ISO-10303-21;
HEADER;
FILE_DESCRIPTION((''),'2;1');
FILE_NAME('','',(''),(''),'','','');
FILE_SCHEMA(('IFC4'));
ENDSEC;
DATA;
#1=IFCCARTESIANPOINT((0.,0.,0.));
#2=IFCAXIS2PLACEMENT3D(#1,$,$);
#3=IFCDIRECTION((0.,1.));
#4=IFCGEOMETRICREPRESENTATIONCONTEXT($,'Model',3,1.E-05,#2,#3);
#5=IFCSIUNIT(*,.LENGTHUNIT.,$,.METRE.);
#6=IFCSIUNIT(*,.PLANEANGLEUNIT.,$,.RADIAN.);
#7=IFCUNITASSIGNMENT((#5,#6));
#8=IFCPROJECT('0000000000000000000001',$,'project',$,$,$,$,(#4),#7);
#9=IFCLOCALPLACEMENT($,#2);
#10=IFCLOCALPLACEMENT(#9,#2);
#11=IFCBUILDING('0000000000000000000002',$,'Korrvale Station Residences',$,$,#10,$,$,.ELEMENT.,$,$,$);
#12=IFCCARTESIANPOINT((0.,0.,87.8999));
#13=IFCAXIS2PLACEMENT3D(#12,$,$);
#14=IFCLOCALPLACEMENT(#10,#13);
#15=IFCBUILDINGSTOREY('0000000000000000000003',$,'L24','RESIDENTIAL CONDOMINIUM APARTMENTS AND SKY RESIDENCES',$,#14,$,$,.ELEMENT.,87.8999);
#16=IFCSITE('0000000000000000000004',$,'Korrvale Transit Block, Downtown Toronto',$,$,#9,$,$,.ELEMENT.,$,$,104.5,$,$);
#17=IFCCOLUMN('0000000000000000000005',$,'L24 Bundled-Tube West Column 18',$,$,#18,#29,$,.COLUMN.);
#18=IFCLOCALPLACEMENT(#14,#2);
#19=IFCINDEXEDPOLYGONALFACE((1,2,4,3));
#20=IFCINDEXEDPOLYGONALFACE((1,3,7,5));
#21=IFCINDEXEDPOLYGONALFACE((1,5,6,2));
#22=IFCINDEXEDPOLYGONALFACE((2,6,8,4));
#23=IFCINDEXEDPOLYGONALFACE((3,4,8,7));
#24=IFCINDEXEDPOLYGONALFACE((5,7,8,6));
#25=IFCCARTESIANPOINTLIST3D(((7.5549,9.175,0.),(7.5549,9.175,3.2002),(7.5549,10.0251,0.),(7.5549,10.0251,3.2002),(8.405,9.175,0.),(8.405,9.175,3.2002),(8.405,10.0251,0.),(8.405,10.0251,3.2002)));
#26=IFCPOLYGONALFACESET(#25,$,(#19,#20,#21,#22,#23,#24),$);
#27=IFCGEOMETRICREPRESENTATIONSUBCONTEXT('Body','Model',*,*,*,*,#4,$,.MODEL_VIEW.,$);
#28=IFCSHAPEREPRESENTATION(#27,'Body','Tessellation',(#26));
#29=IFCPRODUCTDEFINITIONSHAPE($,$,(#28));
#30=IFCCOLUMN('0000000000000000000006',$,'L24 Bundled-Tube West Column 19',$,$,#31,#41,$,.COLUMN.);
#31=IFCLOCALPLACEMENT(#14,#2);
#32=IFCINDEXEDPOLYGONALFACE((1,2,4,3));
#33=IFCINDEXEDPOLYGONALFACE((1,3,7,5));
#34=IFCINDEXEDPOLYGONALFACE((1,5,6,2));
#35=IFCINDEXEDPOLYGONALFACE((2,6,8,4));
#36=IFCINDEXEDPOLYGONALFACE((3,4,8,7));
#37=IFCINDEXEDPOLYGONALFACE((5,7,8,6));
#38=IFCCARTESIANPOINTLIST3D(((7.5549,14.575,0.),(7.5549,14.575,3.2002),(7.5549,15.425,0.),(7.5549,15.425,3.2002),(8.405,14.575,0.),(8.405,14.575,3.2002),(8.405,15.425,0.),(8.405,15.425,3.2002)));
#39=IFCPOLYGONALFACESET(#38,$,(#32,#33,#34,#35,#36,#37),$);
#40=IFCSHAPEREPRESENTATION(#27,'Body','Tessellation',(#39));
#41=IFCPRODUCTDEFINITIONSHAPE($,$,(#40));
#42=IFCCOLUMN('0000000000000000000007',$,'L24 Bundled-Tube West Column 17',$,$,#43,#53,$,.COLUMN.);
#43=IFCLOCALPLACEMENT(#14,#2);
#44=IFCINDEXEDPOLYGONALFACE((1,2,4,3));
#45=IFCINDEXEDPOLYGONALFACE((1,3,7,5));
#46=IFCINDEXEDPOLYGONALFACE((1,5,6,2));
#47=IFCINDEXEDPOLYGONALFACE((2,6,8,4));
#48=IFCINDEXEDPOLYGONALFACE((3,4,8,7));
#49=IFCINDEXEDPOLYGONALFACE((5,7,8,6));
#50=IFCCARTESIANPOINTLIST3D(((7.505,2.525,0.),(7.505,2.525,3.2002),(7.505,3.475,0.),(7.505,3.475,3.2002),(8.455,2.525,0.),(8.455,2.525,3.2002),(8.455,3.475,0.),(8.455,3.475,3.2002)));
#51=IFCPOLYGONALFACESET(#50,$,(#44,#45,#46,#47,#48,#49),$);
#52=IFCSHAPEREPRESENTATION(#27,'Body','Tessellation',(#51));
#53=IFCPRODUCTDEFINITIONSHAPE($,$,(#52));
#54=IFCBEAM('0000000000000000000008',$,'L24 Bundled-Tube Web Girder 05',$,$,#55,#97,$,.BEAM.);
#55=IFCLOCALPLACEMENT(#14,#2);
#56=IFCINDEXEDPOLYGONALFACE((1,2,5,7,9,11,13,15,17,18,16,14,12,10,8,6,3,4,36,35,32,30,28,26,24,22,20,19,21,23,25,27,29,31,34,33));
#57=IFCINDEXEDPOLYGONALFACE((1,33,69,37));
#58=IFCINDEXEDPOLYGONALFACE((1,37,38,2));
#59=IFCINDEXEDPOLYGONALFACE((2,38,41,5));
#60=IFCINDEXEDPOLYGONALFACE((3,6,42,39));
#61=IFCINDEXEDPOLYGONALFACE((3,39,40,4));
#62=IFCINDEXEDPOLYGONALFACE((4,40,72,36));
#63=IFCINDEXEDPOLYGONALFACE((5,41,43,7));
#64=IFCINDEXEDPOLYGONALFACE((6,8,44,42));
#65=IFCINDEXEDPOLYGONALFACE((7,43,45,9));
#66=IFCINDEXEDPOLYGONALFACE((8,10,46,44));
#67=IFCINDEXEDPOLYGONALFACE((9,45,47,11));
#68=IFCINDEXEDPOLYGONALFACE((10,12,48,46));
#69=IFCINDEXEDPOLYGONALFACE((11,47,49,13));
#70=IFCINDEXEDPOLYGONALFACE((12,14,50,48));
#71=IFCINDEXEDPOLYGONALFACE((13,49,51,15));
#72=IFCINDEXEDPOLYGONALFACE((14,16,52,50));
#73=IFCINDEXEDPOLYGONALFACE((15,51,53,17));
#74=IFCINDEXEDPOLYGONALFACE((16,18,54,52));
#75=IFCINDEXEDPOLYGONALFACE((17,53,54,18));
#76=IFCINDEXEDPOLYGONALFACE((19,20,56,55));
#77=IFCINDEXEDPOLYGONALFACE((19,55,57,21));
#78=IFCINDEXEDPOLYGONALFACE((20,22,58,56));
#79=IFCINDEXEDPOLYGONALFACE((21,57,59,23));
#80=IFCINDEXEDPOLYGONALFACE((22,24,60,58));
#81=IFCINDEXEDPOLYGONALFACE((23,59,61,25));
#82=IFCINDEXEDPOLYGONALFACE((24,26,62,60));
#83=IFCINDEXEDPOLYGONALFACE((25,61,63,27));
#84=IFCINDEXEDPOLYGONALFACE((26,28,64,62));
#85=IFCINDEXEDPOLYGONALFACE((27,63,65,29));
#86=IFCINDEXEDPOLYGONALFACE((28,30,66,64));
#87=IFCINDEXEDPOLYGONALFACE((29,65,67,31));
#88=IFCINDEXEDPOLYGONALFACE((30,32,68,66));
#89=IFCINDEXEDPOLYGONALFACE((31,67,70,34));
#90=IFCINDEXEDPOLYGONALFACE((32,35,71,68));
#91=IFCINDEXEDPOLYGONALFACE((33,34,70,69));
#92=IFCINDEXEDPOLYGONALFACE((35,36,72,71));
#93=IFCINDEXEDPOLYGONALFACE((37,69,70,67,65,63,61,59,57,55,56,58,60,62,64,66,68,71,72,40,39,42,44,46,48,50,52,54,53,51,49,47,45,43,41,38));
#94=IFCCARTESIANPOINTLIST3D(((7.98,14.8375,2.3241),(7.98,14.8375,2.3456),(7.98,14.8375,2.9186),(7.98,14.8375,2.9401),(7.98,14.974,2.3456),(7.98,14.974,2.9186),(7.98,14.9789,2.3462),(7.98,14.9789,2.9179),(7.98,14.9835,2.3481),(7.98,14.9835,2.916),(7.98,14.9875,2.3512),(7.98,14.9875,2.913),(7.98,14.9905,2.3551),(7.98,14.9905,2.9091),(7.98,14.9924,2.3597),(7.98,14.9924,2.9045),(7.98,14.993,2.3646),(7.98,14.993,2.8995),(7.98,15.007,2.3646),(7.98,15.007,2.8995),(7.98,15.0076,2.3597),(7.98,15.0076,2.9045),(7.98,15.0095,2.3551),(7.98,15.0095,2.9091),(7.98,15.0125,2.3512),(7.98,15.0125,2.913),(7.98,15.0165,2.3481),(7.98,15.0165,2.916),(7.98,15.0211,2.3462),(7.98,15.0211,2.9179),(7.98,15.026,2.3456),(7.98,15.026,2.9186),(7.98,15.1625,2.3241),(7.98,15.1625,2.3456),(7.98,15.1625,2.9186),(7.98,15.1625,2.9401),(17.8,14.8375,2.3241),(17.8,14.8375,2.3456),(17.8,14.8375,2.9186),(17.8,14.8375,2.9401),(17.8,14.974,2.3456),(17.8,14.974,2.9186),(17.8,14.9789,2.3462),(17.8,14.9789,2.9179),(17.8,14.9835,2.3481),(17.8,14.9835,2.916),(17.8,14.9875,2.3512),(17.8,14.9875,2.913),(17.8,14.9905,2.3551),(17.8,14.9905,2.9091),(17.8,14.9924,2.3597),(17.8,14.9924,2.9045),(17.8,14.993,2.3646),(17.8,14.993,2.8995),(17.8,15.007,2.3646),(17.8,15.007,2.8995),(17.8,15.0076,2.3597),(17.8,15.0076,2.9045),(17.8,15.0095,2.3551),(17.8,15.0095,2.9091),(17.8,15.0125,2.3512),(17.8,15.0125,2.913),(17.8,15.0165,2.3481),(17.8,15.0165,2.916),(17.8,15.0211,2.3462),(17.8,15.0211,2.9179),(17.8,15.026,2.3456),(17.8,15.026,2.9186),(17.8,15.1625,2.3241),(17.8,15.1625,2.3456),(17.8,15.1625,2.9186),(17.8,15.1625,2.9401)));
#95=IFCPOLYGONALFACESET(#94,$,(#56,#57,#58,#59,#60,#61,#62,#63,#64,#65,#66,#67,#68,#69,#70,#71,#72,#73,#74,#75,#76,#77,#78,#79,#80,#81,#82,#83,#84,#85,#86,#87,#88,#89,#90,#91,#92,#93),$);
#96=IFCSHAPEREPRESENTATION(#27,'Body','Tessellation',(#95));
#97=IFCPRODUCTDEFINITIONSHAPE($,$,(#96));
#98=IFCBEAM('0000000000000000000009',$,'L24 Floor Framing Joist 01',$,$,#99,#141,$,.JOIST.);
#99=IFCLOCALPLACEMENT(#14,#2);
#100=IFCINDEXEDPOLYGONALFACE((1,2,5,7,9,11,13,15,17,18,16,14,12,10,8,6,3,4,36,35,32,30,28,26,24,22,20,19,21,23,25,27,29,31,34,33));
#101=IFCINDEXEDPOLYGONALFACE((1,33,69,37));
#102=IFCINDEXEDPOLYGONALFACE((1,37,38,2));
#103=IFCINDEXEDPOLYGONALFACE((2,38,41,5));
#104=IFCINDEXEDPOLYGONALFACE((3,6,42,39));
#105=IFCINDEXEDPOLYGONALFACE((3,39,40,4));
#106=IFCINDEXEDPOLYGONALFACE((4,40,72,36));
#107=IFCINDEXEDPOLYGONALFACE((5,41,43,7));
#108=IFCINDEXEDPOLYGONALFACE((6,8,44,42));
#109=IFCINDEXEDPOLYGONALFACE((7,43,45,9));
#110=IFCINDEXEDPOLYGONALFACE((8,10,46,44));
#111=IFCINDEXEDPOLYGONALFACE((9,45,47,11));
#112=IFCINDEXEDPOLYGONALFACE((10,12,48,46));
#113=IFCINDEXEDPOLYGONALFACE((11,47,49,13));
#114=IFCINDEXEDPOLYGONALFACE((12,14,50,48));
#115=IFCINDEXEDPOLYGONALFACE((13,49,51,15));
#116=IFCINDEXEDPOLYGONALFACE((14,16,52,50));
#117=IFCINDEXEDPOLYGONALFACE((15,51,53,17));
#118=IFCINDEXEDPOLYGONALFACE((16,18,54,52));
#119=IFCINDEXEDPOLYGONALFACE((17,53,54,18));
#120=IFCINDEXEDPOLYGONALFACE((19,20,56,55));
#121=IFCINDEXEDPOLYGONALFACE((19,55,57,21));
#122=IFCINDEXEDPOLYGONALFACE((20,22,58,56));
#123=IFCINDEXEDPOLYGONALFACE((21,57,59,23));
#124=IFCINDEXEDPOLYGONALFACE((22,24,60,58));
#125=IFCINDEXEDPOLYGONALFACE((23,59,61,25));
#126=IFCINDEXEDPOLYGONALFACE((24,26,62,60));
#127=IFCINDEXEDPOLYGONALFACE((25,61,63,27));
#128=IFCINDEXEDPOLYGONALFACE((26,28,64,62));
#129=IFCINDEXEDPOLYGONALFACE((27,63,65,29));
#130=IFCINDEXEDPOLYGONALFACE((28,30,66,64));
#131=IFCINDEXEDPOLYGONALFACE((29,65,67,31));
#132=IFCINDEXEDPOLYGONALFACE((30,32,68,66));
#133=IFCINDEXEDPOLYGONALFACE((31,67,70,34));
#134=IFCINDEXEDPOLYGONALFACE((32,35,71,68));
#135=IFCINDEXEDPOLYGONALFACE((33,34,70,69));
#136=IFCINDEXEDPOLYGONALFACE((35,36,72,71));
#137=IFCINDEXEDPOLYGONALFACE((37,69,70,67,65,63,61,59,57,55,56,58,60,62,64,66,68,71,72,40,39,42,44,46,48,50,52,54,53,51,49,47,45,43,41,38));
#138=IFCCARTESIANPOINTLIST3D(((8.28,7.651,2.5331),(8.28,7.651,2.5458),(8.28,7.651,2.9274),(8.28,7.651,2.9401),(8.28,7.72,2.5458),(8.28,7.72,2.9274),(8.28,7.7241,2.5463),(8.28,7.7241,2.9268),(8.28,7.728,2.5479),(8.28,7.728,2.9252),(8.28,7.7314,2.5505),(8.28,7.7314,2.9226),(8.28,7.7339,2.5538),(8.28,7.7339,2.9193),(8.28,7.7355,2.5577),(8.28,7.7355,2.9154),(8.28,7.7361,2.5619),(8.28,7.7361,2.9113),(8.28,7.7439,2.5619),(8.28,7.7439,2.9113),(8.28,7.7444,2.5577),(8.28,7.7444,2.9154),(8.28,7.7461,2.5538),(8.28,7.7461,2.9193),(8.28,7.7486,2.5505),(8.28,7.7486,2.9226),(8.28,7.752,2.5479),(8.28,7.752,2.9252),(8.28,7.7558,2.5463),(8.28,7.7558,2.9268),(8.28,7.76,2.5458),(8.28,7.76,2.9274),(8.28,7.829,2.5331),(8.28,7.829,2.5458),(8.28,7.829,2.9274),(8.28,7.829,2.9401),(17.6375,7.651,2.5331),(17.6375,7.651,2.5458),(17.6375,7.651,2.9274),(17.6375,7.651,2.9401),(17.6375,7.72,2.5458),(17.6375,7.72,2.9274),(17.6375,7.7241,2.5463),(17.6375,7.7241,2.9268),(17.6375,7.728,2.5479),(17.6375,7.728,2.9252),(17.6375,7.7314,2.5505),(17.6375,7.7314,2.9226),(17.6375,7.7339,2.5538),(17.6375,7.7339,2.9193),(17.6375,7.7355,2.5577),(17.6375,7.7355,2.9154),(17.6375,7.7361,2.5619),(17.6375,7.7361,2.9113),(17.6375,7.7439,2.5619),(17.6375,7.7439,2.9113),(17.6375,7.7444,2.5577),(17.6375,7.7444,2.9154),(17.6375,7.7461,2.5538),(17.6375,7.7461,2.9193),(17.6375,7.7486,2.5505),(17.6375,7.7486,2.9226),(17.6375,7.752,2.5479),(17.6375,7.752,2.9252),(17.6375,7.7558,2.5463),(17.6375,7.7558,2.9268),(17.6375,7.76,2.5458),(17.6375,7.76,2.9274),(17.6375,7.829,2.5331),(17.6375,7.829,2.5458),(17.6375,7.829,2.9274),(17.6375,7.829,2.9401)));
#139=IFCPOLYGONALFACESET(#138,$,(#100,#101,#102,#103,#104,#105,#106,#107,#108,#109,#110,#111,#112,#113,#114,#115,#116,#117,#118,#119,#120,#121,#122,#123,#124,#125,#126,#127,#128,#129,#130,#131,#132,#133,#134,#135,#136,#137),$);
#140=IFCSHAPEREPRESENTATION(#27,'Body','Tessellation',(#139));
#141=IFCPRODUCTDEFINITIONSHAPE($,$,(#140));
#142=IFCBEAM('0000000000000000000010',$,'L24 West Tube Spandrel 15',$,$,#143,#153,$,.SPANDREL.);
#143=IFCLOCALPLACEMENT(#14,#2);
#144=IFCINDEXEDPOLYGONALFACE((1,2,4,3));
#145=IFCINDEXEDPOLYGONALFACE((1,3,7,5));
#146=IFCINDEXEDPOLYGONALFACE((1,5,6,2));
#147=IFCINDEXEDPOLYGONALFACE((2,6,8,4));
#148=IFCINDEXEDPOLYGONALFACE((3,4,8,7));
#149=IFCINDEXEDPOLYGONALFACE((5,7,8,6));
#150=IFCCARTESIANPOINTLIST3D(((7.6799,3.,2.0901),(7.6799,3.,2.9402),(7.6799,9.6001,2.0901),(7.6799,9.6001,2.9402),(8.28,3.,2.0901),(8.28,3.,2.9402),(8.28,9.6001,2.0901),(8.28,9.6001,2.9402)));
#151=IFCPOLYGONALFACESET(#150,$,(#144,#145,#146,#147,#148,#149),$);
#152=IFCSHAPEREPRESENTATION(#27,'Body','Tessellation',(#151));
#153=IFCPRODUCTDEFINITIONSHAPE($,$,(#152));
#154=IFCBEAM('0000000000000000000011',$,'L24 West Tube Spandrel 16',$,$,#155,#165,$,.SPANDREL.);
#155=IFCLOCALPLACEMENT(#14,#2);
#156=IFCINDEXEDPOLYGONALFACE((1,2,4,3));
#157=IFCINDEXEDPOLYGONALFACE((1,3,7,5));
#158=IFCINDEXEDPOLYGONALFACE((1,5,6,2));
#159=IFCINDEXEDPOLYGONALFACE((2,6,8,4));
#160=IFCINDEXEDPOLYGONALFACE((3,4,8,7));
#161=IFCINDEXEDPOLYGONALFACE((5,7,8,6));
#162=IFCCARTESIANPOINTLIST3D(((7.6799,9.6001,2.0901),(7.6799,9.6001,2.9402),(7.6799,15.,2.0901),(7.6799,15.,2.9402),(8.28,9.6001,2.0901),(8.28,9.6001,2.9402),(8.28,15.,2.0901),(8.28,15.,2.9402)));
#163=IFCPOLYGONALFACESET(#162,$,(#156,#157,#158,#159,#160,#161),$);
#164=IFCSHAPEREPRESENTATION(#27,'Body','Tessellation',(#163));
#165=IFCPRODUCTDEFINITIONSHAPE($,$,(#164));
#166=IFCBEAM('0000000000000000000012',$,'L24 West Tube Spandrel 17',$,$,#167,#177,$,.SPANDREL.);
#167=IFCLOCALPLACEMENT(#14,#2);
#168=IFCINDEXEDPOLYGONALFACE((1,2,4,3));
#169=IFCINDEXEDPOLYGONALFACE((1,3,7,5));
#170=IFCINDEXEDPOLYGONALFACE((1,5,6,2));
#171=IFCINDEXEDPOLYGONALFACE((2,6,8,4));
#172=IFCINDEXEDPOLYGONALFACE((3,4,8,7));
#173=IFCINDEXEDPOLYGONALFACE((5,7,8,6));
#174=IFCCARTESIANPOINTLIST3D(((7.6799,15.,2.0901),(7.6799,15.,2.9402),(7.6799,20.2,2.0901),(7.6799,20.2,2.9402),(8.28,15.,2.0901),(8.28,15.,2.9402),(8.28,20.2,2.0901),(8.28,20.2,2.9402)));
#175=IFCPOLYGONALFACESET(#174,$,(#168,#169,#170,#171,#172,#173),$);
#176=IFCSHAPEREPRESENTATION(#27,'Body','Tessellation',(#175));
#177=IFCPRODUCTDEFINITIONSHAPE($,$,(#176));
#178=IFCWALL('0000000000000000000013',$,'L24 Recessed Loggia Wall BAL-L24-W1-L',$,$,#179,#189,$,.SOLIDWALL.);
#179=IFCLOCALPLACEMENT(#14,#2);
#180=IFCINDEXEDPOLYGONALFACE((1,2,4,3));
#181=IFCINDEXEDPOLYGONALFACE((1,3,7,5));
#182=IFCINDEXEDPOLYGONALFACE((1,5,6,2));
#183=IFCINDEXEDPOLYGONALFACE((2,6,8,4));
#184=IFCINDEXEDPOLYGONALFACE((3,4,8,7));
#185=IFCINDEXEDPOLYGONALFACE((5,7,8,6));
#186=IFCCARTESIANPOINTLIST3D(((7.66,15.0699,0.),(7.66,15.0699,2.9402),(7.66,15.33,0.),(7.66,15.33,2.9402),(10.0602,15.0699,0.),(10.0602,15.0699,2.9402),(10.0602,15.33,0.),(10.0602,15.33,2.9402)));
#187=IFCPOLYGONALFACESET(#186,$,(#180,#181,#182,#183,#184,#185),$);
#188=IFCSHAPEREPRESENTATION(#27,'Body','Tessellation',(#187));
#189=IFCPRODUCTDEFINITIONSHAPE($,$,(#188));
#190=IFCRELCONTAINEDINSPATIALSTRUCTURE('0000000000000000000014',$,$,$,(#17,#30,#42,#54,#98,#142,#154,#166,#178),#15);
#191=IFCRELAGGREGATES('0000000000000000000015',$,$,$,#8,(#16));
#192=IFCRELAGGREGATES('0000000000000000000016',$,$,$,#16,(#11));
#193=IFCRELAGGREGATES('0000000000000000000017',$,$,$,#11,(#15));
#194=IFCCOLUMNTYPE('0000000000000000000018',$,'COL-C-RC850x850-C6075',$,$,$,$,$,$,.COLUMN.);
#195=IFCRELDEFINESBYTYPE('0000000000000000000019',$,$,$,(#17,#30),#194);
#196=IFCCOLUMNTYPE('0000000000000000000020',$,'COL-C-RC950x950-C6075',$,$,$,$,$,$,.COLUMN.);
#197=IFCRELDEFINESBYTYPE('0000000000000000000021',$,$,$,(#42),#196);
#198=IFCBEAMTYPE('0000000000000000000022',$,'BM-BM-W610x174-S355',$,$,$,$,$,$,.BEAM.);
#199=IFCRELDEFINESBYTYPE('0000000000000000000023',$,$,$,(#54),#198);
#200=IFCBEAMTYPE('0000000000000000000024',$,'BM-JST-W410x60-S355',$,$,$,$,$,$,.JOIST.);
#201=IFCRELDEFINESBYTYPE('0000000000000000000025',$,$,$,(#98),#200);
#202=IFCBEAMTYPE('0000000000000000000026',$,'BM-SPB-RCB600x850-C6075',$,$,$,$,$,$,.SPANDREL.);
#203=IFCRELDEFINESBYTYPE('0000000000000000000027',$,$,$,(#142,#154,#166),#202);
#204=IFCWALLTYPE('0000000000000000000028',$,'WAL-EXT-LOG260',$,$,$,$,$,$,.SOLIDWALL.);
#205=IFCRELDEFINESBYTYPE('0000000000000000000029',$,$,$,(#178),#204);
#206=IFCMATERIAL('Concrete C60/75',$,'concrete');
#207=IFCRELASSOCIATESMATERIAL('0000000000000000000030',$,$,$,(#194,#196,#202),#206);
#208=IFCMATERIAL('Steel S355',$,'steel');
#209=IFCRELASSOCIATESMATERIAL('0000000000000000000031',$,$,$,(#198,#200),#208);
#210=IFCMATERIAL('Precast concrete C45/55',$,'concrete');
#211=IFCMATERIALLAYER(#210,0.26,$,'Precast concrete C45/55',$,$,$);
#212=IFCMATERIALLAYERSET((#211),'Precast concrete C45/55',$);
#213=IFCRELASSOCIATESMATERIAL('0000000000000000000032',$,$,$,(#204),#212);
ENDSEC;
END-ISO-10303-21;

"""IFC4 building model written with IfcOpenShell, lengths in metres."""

from ifc_helpers import new_model, si_unit, direction, frame, frame_2d, origin, origin_2d, place, context, subcontext, project, spatial, rectangle, i_section, extrude, material, layer, layer_set, material_profile, profile_set, type_object, element, save


model = new_model("IFC4")

# Units and contexts
model_context = context("Model", 3, precision=1e-05, world=origin(), true_north=direction((0.0, 1.0)))
body_context = subcontext(model_context, "Body", "Model", "MODEL_VIEW")
ifc_project = project(units=[si_unit("LENGTHUNIT", "METRE"), si_unit("PLANEANGLEUNIT", "RADIAN")], contexts=[model_context])

# Site, building, storey
site_placement = place(None, origin())
site = spatial("IfcSite", under=ifc_project, at=site_placement, Name="Korrvale Transit Block, Downtown Toronto", CompositionType="ELEMENT", RefElevation=104.5)
building_placement = place(site_placement, origin())
building = spatial("IfcBuilding", under=site, at=building_placement, Name="Korrvale Station Residences", CompositionType="ELEMENT")
storey_placement = place(building_placement, frame((0.0, 0.0, 87.8999)))
storey = spatial("IfcBuildingStorey", under=building, at=storey_placement, Name="L24", Description="RESIDENTIAL CONDOMINIUM APARTMENTS AND SKY RESIDENCES", CompositionType="ELEMENT", Elevation=87.8999)

# Columns
ifc_material_1 = material(Name="Concrete C60/75", Category="concrete")
ifc_material_profile_1 = material_profile(ifc_material_1, rectangle(XDim=0.8501, YDim=0.8501, at=origin_2d()), Name="RC850x850")
ifc_profile_set_1 = profile_set([ifc_material_profile_1], Name="Concrete C60/75")
column_type_1 = type_object("IfcColumnType", Name="COL-C-RC850x850-C6075", PredefinedType="COLUMN", material=ifc_profile_set_1)
for number, where, z_axis, x_axis, name in (
    (1, (7.98, 9.6001, 0.0), (0.0, 0.0, 1.0), (1.0, 0.0, 0.0), "L24 Bundled-Tube West Column 18"),
    (2, (7.98, 15.0, 0.0), (0.0, 0.0, 1.0), (1.0, 0.0, 0.0), "L24 Bundled-Tube West Column 19"),
):
    element("IfcColumn", number, at=place(storey_placement, frame(where, z_axis=z_axis, x_axis=x_axis)), inside=storey, type_object=column_type_1, Name=name, PredefinedType="COLUMN", context=body_context, shape_type="SweptSolid", body=[
        extrude(rectangle(XDim=0.8501, YDim=0.8501, at=origin_2d()), origin(), (0.0, 0.0, 1.0), 3.2002),
    ])
ifc_material_profile_2 = material_profile(ifc_material_1, rectangle(XDim=0.95, YDim=0.95, at=origin_2d()), Name="RC950x950")
ifc_profile_set_2 = profile_set([ifc_material_profile_2], Name="Concrete C60/75")
column_type_2 = type_object("IfcColumnType", Name="COL-C-RC950x950-C6075", PredefinedType="COLUMN", material=ifc_profile_set_2)
column_placement = place(storey_placement, frame((7.98, 3.0, 0.0), z_axis=(0.0, 0.0, 1.0), x_axis=(1.0, 0.0, 0.0)))
element("IfcColumn", 3, at=column_placement, inside=storey, type_object=column_type_2, Name="L24 Bundled-Tube West Column 17", PredefinedType="COLUMN", context=body_context, shape_type="SweptSolid", body=[
    extrude(rectangle(XDim=0.95, YDim=0.95, at=origin_2d()), origin(), (0.0, 0.0, 1.0), 3.2002),
])

# Beams
ifc_material_2 = material(Name="Steel S355", Category="steel")
ifc_material_profile_3 = material_profile(ifc_material_2, i_section(OverallWidth=0.325, OverallDepth=0.616, WebThickness=0.0139, FlangeThickness=0.0215, FilletRadius=0.019, at=origin_2d()), Name="W610x174")
ifc_profile_set_3 = profile_set([ifc_material_profile_3], Name="Steel S355")
beam_type_1 = type_object("IfcBeamType", Name="BM-BM-W610x174-S355", PredefinedType="BEAM", material=ifc_profile_set_3)
beam_1_placement = place(storey_placement, frame((7.98, 15.0, 2.6321), z_axis=(1.0, 0.0, 0.0), x_axis=(0.0, 1.0, 0.0)))
element("IfcBeam", 4, at=beam_1_placement, inside=storey, type_object=beam_type_1, Name="L24 Bundled-Tube Web Girder 05", PredefinedType="BEAM", context=body_context, shape_type="SweptSolid", body=[
    extrude(i_section(OverallWidth=0.325, OverallDepth=0.616, WebThickness=0.0139, FlangeThickness=0.0215, FilletRadius=0.019, at=origin_2d()), origin(), (0.0, 0.0, 1.0), 9.8201),
])
ifc_material_profile_4 = material_profile(ifc_material_2, i_section(OverallWidth=0.178, OverallDepth=0.407, WebThickness=0.0078, FlangeThickness=0.0127, FilletRadius=0.0161, at=origin_2d()), Name="W410x60")
ifc_profile_set_4 = profile_set([ifc_material_profile_4], Name="Steel S355")
beam_type_2 = type_object("IfcBeamType", Name="BM-JST-W410x60-S355", PredefinedType="JOIST", material=ifc_profile_set_4)
beam_2_placement = place(storey_placement, frame((8.28, 7.74, 2.7366), z_axis=(1.0, 0.0, 0.0), x_axis=(0.0, 1.0, 0.0)))
element("IfcBeam", 5, at=beam_2_placement, inside=storey, type_object=beam_type_2, Name="L24 Floor Framing Joist 01", PredefinedType="JOIST", context=body_context, shape_type="SweptSolid", body=[
    extrude(i_section(OverallWidth=0.178, OverallDepth=0.407, WebThickness=0.0078, FlangeThickness=0.0127, FilletRadius=0.0161, at=origin_2d()), origin(), (0.0, 0.0, 1.0), 9.3574),
])
ifc_material_profile_5 = material_profile(ifc_material_1, rectangle(XDim=0.6001, YDim=0.8501, at=origin_2d()), Name="RCB600x850")
ifc_profile_set_5 = profile_set([ifc_material_profile_5], Name="Concrete C60/75")
beam_type_3 = type_object("IfcBeamType", Name="BM-SPB-RCB600x850-C6075", PredefinedType="SPANDREL", material=ifc_profile_set_5)
beam_3_placement = place(storey_placement, frame((7.98, 3.0, 2.5151), z_axis=(0.0, 1.0, 0.0), x_axis=(-1.0, 0.0, 0.0)))
element("IfcBeam", 6, at=beam_3_placement, inside=storey, type_object=beam_type_3, Name="L24 West Tube Spandrel 15", PredefinedType="SPANDREL", context=body_context, shape_type="SweptSolid", body=[
    extrude(rectangle(XDim=0.6001, YDim=0.8501, at=origin_2d()), origin(), (0.0, 0.0, 1.0), 6.6001),
])
beam_4_placement = place(storey_placement, frame((7.98, 9.6001, 2.5151), z_axis=(0.0, 1.0, 0.0), x_axis=(-1.0, 0.0, 0.0)))
element("IfcBeam", 7, at=beam_4_placement, inside=storey, type_object=beam_type_3, Name="L24 West Tube Spandrel 16", PredefinedType="SPANDREL", context=body_context, shape_type="SweptSolid", body=[
    extrude(rectangle(XDim=0.6001, YDim=0.8501, at=origin_2d()), origin(), (0.0, 0.0, 1.0), 5.3999),
])
beam_5_placement = place(storey_placement, frame((7.98, 15.0, 2.5151), z_axis=(0.0, 1.0, 0.0), x_axis=(-1.0, 0.0, 0.0)))
element("IfcBeam", 8, at=beam_5_placement, inside=storey, type_object=beam_type_3, Name="L24 West Tube Spandrel 17", PredefinedType="SPANDREL", context=body_context, shape_type="SweptSolid", body=[
    extrude(rectangle(XDim=0.6001, YDim=0.8501, at=origin_2d()), origin(), (0.0, 0.0, 1.0), 5.2),
])

# Wall
ifc_material_3 = material(Name="Precast concrete C45/55", Category="concrete")
ifc_layer_1 = layer(ifc_material_3, 0.26, Name="Precast concrete C45/55")
ifc_layer_set_1 = layer_set([ifc_layer_1], Name="Precast concrete C45/55")
wall_type_1 = type_object("IfcWallType", Name="WAL-EXT-LOG260", PredefinedType="SOLIDWALL", material=ifc_layer_set_1)
wall_1_placement = place(storey_placement, frame((7.6599, 15.2, 0.0), z_axis=(0.0, 0.0, 1.0), x_axis=(1.0, 0.0, 0.0)))
element("IfcWall", 9, at=wall_1_placement, inside=storey, type_object=wall_type_1, Name="L24 Recessed Loggia Wall BAL-L24-W1-L", PredefinedType="SOLIDWALL", context=body_context, shape_type="SweptSolid", body=[
    extrude(rectangle(XDim=2.4001, YDim=0.26, at=frame_2d((1.2002, 0.0))), origin(), (0.0, 0.0, 1.0), 2.9402),
])

save(model, "model.ifc")
